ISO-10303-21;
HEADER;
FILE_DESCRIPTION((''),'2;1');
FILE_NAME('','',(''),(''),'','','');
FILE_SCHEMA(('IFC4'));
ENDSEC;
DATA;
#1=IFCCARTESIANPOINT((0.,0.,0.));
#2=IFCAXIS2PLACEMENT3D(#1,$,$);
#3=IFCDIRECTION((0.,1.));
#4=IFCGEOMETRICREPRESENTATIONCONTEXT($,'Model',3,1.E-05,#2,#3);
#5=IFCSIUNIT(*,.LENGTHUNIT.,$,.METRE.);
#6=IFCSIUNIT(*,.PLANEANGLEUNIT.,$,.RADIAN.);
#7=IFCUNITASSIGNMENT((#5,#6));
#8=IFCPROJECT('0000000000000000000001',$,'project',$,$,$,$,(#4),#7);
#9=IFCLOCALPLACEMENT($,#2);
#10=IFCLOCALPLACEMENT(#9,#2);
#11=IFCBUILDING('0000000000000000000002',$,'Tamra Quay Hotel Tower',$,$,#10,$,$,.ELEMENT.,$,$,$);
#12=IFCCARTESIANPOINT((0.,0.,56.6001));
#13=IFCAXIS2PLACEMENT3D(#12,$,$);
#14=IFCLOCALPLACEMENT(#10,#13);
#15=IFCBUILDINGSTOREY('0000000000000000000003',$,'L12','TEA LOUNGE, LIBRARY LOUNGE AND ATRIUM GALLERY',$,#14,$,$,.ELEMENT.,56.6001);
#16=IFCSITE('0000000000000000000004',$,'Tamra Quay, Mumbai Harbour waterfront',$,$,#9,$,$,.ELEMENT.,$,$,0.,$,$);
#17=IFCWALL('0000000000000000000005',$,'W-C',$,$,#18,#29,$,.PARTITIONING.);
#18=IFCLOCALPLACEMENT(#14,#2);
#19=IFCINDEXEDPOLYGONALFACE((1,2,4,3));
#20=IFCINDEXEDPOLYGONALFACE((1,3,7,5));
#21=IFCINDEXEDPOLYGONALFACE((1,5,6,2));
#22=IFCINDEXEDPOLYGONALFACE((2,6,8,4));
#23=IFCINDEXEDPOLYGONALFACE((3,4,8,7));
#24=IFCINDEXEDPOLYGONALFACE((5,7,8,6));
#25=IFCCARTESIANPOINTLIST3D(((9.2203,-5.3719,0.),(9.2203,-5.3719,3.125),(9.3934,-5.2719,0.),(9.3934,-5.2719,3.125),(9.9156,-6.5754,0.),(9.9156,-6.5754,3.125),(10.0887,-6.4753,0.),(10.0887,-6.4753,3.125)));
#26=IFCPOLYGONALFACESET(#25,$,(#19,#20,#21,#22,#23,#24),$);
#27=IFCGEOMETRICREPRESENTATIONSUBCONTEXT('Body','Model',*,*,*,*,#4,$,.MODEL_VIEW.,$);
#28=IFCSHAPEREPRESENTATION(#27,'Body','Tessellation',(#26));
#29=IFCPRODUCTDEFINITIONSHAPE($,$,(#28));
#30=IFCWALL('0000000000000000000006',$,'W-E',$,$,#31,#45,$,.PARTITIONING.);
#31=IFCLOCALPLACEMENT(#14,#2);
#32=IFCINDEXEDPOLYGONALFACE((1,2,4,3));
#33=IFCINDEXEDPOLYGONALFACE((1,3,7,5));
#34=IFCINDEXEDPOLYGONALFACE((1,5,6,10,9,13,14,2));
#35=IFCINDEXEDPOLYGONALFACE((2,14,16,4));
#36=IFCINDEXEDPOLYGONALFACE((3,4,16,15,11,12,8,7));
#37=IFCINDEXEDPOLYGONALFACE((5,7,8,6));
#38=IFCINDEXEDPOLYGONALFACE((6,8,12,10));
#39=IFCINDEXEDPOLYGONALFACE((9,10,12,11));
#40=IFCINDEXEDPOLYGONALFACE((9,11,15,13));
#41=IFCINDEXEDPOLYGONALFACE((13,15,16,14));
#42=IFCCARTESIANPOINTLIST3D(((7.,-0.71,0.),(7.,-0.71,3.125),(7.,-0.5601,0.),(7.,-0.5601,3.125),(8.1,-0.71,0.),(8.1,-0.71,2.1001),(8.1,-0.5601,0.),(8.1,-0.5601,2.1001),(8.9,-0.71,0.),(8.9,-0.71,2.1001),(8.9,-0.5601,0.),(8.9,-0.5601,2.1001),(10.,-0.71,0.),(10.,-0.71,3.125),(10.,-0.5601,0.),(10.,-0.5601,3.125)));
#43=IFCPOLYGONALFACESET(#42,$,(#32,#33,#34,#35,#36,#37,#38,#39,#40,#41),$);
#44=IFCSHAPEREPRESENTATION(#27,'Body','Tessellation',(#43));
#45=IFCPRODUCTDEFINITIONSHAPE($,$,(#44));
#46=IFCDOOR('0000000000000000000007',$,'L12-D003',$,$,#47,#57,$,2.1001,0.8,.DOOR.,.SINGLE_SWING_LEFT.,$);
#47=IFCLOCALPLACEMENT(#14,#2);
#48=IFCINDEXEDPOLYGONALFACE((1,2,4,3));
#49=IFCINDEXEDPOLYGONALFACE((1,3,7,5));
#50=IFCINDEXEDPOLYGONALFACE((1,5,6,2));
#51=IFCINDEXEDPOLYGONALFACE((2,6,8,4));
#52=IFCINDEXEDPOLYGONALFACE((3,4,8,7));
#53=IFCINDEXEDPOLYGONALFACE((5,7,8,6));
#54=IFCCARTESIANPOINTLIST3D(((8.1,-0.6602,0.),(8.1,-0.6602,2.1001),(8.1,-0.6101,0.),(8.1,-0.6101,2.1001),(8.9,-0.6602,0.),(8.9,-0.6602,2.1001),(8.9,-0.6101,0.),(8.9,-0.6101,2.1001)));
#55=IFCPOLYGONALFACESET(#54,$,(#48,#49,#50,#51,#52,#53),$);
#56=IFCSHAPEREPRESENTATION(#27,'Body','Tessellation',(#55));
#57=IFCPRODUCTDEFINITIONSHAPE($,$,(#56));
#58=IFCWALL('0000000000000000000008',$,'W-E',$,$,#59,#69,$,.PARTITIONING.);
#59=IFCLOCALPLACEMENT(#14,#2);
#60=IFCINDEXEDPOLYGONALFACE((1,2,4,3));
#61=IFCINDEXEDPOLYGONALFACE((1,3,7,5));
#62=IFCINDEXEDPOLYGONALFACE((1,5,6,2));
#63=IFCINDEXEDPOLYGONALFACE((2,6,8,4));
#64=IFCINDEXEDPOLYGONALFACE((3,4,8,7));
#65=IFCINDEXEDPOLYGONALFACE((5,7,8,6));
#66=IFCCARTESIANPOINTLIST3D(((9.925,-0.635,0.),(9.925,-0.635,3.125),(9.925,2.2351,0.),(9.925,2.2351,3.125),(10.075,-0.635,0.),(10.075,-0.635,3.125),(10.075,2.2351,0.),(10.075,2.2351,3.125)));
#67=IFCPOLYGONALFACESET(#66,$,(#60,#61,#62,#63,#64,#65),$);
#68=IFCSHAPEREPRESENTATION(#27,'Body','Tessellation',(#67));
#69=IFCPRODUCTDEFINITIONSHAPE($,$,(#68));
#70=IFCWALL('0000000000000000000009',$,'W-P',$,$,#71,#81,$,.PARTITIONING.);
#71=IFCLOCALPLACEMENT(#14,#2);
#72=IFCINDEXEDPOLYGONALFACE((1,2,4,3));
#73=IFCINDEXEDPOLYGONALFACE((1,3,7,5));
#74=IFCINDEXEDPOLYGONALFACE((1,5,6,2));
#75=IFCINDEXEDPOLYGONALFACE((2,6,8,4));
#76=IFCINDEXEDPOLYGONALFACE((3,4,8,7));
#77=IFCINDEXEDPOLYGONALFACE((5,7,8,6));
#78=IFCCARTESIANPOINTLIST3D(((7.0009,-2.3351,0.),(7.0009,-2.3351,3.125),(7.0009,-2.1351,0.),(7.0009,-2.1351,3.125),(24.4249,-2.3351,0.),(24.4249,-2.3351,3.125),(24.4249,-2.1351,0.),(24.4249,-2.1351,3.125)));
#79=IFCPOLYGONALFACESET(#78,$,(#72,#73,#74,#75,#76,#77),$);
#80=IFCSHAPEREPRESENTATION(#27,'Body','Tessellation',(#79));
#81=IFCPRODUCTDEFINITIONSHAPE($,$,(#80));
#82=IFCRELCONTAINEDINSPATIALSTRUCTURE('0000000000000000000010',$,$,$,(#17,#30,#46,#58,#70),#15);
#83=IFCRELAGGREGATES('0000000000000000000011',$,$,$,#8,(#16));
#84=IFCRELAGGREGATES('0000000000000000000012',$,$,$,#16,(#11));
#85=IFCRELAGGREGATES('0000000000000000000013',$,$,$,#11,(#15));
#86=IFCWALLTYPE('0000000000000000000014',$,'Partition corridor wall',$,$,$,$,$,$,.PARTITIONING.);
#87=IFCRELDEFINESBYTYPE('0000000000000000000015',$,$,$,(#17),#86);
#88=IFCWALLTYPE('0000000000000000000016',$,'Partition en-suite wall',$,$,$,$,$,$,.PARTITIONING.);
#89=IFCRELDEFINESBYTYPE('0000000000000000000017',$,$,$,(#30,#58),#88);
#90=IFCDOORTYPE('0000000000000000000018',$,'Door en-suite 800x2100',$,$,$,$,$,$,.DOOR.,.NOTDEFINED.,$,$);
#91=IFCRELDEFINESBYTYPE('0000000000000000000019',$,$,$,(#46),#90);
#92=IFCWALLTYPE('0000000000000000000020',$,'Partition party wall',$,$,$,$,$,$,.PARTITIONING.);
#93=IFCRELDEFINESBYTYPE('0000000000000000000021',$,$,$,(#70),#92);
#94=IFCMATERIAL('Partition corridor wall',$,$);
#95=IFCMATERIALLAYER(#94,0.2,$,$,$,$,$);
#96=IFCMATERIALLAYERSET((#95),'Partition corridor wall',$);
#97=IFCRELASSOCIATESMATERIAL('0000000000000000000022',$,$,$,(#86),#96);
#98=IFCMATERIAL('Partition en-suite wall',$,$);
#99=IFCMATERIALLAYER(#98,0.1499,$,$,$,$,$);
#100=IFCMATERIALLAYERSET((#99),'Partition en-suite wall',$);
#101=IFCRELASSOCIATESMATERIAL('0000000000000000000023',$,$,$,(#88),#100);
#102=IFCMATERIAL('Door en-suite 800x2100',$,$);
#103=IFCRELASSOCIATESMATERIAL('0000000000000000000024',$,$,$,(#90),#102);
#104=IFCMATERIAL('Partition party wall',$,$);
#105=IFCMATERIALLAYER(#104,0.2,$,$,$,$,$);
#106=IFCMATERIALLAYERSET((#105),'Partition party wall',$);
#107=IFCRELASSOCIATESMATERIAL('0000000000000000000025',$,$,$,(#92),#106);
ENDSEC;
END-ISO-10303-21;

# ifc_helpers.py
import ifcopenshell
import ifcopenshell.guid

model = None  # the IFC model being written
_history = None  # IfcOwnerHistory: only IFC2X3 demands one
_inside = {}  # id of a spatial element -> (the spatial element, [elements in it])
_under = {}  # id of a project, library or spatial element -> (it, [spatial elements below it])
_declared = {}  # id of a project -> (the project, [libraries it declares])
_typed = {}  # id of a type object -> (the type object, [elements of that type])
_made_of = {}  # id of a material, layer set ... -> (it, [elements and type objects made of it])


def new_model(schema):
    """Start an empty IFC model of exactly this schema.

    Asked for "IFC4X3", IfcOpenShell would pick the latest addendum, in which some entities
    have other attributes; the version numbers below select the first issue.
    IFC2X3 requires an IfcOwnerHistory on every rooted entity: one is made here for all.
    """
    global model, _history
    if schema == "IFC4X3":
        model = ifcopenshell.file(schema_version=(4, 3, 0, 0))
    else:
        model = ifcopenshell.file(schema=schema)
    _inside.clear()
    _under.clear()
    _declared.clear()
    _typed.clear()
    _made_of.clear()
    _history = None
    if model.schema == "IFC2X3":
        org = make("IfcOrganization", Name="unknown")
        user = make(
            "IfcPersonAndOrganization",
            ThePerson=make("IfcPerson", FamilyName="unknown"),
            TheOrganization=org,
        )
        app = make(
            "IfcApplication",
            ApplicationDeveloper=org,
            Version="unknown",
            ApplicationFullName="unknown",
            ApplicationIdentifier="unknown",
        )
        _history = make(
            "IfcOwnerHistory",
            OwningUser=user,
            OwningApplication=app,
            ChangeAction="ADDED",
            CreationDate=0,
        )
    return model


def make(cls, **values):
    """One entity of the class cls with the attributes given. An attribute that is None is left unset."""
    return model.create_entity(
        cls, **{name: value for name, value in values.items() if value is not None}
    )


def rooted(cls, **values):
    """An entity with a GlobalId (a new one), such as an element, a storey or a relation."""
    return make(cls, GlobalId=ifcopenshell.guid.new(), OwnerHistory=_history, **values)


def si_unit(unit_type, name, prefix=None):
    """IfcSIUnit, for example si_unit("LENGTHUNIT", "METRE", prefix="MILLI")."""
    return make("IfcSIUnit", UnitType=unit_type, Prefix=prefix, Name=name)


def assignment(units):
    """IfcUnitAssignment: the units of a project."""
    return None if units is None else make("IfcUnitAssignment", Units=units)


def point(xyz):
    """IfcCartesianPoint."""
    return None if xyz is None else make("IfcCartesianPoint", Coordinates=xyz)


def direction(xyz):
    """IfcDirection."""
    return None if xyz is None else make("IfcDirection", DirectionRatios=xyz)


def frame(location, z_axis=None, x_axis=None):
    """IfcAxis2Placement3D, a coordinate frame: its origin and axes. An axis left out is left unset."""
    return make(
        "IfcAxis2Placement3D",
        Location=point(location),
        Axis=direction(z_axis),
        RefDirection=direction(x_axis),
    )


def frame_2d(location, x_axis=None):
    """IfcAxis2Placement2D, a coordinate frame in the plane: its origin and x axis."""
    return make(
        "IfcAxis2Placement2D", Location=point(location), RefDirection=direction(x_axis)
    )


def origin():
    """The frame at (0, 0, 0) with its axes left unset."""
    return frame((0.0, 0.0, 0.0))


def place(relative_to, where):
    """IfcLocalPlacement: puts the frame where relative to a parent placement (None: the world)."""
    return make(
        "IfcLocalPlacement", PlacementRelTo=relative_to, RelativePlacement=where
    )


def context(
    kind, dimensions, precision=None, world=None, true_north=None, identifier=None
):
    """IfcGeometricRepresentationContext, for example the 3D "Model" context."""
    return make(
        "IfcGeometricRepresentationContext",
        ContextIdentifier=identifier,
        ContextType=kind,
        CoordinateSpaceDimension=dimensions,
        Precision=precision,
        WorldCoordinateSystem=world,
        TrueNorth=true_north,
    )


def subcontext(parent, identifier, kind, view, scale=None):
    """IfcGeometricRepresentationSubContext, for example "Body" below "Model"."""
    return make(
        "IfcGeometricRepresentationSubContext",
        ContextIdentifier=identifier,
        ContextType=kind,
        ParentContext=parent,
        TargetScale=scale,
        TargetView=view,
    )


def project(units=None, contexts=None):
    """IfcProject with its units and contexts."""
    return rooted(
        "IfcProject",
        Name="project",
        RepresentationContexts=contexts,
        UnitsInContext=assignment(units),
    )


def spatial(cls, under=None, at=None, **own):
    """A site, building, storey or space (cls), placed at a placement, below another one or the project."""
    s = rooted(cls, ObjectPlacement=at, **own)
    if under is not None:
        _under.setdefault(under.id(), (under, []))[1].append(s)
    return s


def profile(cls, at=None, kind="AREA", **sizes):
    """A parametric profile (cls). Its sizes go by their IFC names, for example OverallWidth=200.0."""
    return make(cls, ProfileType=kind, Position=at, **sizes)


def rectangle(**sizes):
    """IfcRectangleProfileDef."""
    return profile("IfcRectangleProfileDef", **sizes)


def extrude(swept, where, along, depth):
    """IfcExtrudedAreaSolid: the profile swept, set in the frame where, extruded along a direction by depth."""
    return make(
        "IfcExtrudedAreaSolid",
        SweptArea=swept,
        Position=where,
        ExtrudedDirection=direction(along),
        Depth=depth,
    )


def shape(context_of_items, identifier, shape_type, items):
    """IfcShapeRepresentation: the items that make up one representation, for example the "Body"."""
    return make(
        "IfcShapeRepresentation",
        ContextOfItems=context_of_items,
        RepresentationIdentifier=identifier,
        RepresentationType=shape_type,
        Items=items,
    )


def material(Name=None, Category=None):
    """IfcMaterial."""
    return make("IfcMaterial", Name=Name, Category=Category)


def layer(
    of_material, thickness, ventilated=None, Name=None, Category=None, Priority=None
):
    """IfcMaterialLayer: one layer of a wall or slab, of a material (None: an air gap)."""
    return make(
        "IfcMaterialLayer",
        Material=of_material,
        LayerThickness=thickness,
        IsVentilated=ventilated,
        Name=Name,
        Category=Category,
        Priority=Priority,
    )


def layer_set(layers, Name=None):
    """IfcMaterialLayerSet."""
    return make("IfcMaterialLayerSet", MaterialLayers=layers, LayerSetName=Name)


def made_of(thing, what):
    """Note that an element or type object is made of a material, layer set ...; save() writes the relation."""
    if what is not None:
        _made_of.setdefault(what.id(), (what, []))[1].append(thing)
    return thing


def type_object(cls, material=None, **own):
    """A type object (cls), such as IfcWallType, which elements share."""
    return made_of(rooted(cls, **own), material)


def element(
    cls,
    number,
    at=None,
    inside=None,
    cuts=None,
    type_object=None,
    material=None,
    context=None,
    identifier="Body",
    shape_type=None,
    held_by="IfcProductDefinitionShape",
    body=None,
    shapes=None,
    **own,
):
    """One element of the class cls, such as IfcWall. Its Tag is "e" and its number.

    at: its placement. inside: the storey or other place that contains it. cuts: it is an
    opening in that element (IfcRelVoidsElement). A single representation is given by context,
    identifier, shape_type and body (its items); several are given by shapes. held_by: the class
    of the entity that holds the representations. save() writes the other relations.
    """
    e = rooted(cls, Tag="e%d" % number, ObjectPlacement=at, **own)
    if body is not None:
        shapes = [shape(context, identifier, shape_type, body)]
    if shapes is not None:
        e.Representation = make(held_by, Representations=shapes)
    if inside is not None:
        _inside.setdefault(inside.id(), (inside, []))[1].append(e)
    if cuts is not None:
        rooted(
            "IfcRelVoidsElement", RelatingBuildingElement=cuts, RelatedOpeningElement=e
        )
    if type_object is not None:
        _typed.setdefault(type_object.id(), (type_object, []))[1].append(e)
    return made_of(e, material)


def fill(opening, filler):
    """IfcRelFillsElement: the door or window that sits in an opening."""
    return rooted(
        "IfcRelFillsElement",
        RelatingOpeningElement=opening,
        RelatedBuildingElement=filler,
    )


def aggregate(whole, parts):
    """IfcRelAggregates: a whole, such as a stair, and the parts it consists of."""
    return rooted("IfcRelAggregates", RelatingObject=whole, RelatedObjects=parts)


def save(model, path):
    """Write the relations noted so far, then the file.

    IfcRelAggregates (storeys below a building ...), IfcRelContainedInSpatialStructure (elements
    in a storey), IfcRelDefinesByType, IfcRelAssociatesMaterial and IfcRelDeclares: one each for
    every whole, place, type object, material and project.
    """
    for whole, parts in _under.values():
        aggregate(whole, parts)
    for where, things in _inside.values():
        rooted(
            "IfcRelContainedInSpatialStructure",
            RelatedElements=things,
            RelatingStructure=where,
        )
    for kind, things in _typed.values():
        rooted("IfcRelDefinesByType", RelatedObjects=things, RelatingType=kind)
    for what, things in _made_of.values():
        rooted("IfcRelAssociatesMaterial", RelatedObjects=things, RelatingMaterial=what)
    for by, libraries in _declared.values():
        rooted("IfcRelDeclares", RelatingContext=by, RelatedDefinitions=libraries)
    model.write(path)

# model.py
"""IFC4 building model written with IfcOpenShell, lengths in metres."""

from ifc_helpers import new_model, si_unit, direction, frame, frame_2d, origin, place, context, subcontext, project, spatial, rectangle, extrude, material, layer, layer_set, type_object, element, fill, save


model = new_model("IFC4")

# Units and contexts
model_context = context("Model", 3, precision=1e-05, world=origin(), true_north=direction((0.0, 1.0)))
body_context = subcontext(model_context, "Body", "Model", "MODEL_VIEW")
ifc_project = project(units=[si_unit("LENGTHUNIT", "METRE"), si_unit("PLANEANGLEUNIT", "RADIAN")], contexts=[model_context])

# Site, building, storey
site_placement = place(None, origin())
site = spatial("IfcSite", under=ifc_project, at=site_placement, Name="Tamra Quay, Mumbai Harbour waterfront", CompositionType="ELEMENT", RefElevation=0.0)
building_placement = place(site_placement, origin())
building = spatial("IfcBuilding", under=site, at=building_placement, Name="Tamra Quay Hotel Tower", CompositionType="ELEMENT")
storey_placement = place(building_placement, frame((0.0, 0.0, 56.6001)))
storey = spatial("IfcBuildingStorey", under=building, at=storey_placement, Name="L12", Description="TEA LOUNGE, LIBRARY LOUNGE AND ATRIUM GALLERY", CompositionType="ELEMENT", Elevation=56.6001)

# Shared definitions
ifc_material_1 = material(Name="Partition corridor wall")
ifc_layer_1 = layer(ifc_material_1, 0.2)
ifc_layer_set_1 = layer_set([ifc_layer_1], Name="Partition corridor wall")
wall_type_1 = type_object("IfcWallType", Name="Partition corridor wall", PredefinedType="PARTITIONING", material=ifc_layer_set_1)

# Wall
wall_1_placement = place(storey_placement, frame((9.3069, -5.322, 0.0), z_axis=(0.0, 0.0, 1.0), x_axis=(0.500295, -0.865855, 0.0)))
element("IfcWall", 1, at=wall_1_placement, inside=storey, type_object=wall_type_1, Name="W-C", PredefinedType="PARTITIONING", context=body_context, shape_type="SweptSolid", body=[
    extrude(rectangle(XDim=1.3899, YDim=0.2, at=frame_2d((0.6948, 0.0))), origin(), (0.0, 0.0, 1.0), 3.125),
])

# Wall, opening, door
ifc_material_2 = material(Name="Partition en-suite wall")
ifc_layer_2 = layer(ifc_material_2, 0.1499)
ifc_layer_set_2 = layer_set([ifc_layer_2], Name="Partition en-suite wall")
wall_type_2 = type_object("IfcWallType", Name="Partition en-suite wall", PredefinedType="PARTITIONING", material=ifc_layer_set_2)
wall_2_placement = place(storey_placement, frame((7.0, -0.635, 0.0), z_axis=(0.0, 0.0, 1.0), x_axis=(1.0, 0.0, 0.0)))
wall_2 = element("IfcWall", 2, at=wall_2_placement, inside=storey, type_object=wall_type_2, Name="W-E", PredefinedType="PARTITIONING", context=body_context, shape_type="SweptSolid", body=[
    extrude(rectangle(XDim=3.0, YDim=0.1499, at=frame_2d((1.5, 0.0))), origin(), (0.0, 0.0, 1.0), 3.125),
])
opening_1_placement = place(wall_2_placement, frame((1.1001, 0.0, 0.0)))
opening_1 = element("IfcOpeningElement", 3, at=opening_1_placement, cuts=wall_2, PredefinedType="OPENING", context=body_context, shape_type="SweptSolid", body=[
    extrude(rectangle(XDim=0.8, YDim=2.1001, at=frame_2d((0.3999, 1.05))), frame((0.0, 0.085, 0.0), z_axis=(0.0, -1.0, 0.0), x_axis=(1.0, 0.0, 0.0)), (0.0, 0.0, 1.0), 0.1699),
])
ifc_material_3 = material(Name="Door en-suite 800x2100")
door_type_1 = type_object("IfcDoorType", Name="Door en-suite 800x2100", OperationType="NOTDEFINED", PredefinedType="DOOR", material=ifc_material_3)
door_1_placement = place(opening_1_placement, origin())
door_1 = element("IfcDoor", 4, at=door_1_placement, inside=storey, type_object=door_type_1, Name="L12-D003", OperationType="SINGLE_SWING_LEFT", OverallHeight=2.1001, OverallWidth=0.8, PredefinedType="DOOR", context=body_context, shape_type="SweptSolid", body=[
    extrude(rectangle(XDim=0.8, YDim=2.1001, at=frame_2d((0.3999, 1.05))), frame((0.0, 0.0249, 0.0), z_axis=(0.0, -1.0, 0.0), x_axis=(1.0, 0.0, 0.0)), (0.0, 0.0, 1.0), 0.05),
])
fill(opening_1, door_1)

# Walls
wall_3_placement = place(storey_placement, frame((10.0, -0.635, 0.0), z_axis=(0.0, 0.0, 1.0), x_axis=(0.0, 1.0, 0.0)))
element("IfcWall", 5, at=wall_3_placement, inside=storey, type_object=wall_type_2, Name="W-E", PredefinedType="PARTITIONING", context=body_context, shape_type="SweptSolid", body=[
    extrude(rectangle(XDim=2.8701, YDim=0.1499, at=frame_2d((1.4351, 0.0))), origin(), (0.0, 0.0, 1.0), 3.125),
])
ifc_material_4 = material(Name="Partition party wall")
ifc_layer_3 = layer(ifc_material_4, 0.2)
ifc_layer_set_3 = layer_set([ifc_layer_3], Name="Partition party wall")
wall_type_3 = type_object("IfcWallType", Name="Partition party wall", PredefinedType="PARTITIONING", material=ifc_layer_set_3)
wall_4_placement = place(storey_placement, frame((7.001, -2.2351, 0.0), z_axis=(0.0, 0.0, 1.0), x_axis=(1.0, 0.0, 0.0)))
element("IfcWall", 6, at=wall_4_placement, inside=storey, type_object=wall_type_3, Name="W-P", PredefinedType="PARTITIONING", context=body_context, shape_type="SweptSolid", body=[
    extrude(rectangle(XDim=17.4241, YDim=0.2, at=frame_2d((8.7119, 0.0))), origin(), (0.0, 0.0, 1.0), 3.125),
])

save(model, "model.ifc")
